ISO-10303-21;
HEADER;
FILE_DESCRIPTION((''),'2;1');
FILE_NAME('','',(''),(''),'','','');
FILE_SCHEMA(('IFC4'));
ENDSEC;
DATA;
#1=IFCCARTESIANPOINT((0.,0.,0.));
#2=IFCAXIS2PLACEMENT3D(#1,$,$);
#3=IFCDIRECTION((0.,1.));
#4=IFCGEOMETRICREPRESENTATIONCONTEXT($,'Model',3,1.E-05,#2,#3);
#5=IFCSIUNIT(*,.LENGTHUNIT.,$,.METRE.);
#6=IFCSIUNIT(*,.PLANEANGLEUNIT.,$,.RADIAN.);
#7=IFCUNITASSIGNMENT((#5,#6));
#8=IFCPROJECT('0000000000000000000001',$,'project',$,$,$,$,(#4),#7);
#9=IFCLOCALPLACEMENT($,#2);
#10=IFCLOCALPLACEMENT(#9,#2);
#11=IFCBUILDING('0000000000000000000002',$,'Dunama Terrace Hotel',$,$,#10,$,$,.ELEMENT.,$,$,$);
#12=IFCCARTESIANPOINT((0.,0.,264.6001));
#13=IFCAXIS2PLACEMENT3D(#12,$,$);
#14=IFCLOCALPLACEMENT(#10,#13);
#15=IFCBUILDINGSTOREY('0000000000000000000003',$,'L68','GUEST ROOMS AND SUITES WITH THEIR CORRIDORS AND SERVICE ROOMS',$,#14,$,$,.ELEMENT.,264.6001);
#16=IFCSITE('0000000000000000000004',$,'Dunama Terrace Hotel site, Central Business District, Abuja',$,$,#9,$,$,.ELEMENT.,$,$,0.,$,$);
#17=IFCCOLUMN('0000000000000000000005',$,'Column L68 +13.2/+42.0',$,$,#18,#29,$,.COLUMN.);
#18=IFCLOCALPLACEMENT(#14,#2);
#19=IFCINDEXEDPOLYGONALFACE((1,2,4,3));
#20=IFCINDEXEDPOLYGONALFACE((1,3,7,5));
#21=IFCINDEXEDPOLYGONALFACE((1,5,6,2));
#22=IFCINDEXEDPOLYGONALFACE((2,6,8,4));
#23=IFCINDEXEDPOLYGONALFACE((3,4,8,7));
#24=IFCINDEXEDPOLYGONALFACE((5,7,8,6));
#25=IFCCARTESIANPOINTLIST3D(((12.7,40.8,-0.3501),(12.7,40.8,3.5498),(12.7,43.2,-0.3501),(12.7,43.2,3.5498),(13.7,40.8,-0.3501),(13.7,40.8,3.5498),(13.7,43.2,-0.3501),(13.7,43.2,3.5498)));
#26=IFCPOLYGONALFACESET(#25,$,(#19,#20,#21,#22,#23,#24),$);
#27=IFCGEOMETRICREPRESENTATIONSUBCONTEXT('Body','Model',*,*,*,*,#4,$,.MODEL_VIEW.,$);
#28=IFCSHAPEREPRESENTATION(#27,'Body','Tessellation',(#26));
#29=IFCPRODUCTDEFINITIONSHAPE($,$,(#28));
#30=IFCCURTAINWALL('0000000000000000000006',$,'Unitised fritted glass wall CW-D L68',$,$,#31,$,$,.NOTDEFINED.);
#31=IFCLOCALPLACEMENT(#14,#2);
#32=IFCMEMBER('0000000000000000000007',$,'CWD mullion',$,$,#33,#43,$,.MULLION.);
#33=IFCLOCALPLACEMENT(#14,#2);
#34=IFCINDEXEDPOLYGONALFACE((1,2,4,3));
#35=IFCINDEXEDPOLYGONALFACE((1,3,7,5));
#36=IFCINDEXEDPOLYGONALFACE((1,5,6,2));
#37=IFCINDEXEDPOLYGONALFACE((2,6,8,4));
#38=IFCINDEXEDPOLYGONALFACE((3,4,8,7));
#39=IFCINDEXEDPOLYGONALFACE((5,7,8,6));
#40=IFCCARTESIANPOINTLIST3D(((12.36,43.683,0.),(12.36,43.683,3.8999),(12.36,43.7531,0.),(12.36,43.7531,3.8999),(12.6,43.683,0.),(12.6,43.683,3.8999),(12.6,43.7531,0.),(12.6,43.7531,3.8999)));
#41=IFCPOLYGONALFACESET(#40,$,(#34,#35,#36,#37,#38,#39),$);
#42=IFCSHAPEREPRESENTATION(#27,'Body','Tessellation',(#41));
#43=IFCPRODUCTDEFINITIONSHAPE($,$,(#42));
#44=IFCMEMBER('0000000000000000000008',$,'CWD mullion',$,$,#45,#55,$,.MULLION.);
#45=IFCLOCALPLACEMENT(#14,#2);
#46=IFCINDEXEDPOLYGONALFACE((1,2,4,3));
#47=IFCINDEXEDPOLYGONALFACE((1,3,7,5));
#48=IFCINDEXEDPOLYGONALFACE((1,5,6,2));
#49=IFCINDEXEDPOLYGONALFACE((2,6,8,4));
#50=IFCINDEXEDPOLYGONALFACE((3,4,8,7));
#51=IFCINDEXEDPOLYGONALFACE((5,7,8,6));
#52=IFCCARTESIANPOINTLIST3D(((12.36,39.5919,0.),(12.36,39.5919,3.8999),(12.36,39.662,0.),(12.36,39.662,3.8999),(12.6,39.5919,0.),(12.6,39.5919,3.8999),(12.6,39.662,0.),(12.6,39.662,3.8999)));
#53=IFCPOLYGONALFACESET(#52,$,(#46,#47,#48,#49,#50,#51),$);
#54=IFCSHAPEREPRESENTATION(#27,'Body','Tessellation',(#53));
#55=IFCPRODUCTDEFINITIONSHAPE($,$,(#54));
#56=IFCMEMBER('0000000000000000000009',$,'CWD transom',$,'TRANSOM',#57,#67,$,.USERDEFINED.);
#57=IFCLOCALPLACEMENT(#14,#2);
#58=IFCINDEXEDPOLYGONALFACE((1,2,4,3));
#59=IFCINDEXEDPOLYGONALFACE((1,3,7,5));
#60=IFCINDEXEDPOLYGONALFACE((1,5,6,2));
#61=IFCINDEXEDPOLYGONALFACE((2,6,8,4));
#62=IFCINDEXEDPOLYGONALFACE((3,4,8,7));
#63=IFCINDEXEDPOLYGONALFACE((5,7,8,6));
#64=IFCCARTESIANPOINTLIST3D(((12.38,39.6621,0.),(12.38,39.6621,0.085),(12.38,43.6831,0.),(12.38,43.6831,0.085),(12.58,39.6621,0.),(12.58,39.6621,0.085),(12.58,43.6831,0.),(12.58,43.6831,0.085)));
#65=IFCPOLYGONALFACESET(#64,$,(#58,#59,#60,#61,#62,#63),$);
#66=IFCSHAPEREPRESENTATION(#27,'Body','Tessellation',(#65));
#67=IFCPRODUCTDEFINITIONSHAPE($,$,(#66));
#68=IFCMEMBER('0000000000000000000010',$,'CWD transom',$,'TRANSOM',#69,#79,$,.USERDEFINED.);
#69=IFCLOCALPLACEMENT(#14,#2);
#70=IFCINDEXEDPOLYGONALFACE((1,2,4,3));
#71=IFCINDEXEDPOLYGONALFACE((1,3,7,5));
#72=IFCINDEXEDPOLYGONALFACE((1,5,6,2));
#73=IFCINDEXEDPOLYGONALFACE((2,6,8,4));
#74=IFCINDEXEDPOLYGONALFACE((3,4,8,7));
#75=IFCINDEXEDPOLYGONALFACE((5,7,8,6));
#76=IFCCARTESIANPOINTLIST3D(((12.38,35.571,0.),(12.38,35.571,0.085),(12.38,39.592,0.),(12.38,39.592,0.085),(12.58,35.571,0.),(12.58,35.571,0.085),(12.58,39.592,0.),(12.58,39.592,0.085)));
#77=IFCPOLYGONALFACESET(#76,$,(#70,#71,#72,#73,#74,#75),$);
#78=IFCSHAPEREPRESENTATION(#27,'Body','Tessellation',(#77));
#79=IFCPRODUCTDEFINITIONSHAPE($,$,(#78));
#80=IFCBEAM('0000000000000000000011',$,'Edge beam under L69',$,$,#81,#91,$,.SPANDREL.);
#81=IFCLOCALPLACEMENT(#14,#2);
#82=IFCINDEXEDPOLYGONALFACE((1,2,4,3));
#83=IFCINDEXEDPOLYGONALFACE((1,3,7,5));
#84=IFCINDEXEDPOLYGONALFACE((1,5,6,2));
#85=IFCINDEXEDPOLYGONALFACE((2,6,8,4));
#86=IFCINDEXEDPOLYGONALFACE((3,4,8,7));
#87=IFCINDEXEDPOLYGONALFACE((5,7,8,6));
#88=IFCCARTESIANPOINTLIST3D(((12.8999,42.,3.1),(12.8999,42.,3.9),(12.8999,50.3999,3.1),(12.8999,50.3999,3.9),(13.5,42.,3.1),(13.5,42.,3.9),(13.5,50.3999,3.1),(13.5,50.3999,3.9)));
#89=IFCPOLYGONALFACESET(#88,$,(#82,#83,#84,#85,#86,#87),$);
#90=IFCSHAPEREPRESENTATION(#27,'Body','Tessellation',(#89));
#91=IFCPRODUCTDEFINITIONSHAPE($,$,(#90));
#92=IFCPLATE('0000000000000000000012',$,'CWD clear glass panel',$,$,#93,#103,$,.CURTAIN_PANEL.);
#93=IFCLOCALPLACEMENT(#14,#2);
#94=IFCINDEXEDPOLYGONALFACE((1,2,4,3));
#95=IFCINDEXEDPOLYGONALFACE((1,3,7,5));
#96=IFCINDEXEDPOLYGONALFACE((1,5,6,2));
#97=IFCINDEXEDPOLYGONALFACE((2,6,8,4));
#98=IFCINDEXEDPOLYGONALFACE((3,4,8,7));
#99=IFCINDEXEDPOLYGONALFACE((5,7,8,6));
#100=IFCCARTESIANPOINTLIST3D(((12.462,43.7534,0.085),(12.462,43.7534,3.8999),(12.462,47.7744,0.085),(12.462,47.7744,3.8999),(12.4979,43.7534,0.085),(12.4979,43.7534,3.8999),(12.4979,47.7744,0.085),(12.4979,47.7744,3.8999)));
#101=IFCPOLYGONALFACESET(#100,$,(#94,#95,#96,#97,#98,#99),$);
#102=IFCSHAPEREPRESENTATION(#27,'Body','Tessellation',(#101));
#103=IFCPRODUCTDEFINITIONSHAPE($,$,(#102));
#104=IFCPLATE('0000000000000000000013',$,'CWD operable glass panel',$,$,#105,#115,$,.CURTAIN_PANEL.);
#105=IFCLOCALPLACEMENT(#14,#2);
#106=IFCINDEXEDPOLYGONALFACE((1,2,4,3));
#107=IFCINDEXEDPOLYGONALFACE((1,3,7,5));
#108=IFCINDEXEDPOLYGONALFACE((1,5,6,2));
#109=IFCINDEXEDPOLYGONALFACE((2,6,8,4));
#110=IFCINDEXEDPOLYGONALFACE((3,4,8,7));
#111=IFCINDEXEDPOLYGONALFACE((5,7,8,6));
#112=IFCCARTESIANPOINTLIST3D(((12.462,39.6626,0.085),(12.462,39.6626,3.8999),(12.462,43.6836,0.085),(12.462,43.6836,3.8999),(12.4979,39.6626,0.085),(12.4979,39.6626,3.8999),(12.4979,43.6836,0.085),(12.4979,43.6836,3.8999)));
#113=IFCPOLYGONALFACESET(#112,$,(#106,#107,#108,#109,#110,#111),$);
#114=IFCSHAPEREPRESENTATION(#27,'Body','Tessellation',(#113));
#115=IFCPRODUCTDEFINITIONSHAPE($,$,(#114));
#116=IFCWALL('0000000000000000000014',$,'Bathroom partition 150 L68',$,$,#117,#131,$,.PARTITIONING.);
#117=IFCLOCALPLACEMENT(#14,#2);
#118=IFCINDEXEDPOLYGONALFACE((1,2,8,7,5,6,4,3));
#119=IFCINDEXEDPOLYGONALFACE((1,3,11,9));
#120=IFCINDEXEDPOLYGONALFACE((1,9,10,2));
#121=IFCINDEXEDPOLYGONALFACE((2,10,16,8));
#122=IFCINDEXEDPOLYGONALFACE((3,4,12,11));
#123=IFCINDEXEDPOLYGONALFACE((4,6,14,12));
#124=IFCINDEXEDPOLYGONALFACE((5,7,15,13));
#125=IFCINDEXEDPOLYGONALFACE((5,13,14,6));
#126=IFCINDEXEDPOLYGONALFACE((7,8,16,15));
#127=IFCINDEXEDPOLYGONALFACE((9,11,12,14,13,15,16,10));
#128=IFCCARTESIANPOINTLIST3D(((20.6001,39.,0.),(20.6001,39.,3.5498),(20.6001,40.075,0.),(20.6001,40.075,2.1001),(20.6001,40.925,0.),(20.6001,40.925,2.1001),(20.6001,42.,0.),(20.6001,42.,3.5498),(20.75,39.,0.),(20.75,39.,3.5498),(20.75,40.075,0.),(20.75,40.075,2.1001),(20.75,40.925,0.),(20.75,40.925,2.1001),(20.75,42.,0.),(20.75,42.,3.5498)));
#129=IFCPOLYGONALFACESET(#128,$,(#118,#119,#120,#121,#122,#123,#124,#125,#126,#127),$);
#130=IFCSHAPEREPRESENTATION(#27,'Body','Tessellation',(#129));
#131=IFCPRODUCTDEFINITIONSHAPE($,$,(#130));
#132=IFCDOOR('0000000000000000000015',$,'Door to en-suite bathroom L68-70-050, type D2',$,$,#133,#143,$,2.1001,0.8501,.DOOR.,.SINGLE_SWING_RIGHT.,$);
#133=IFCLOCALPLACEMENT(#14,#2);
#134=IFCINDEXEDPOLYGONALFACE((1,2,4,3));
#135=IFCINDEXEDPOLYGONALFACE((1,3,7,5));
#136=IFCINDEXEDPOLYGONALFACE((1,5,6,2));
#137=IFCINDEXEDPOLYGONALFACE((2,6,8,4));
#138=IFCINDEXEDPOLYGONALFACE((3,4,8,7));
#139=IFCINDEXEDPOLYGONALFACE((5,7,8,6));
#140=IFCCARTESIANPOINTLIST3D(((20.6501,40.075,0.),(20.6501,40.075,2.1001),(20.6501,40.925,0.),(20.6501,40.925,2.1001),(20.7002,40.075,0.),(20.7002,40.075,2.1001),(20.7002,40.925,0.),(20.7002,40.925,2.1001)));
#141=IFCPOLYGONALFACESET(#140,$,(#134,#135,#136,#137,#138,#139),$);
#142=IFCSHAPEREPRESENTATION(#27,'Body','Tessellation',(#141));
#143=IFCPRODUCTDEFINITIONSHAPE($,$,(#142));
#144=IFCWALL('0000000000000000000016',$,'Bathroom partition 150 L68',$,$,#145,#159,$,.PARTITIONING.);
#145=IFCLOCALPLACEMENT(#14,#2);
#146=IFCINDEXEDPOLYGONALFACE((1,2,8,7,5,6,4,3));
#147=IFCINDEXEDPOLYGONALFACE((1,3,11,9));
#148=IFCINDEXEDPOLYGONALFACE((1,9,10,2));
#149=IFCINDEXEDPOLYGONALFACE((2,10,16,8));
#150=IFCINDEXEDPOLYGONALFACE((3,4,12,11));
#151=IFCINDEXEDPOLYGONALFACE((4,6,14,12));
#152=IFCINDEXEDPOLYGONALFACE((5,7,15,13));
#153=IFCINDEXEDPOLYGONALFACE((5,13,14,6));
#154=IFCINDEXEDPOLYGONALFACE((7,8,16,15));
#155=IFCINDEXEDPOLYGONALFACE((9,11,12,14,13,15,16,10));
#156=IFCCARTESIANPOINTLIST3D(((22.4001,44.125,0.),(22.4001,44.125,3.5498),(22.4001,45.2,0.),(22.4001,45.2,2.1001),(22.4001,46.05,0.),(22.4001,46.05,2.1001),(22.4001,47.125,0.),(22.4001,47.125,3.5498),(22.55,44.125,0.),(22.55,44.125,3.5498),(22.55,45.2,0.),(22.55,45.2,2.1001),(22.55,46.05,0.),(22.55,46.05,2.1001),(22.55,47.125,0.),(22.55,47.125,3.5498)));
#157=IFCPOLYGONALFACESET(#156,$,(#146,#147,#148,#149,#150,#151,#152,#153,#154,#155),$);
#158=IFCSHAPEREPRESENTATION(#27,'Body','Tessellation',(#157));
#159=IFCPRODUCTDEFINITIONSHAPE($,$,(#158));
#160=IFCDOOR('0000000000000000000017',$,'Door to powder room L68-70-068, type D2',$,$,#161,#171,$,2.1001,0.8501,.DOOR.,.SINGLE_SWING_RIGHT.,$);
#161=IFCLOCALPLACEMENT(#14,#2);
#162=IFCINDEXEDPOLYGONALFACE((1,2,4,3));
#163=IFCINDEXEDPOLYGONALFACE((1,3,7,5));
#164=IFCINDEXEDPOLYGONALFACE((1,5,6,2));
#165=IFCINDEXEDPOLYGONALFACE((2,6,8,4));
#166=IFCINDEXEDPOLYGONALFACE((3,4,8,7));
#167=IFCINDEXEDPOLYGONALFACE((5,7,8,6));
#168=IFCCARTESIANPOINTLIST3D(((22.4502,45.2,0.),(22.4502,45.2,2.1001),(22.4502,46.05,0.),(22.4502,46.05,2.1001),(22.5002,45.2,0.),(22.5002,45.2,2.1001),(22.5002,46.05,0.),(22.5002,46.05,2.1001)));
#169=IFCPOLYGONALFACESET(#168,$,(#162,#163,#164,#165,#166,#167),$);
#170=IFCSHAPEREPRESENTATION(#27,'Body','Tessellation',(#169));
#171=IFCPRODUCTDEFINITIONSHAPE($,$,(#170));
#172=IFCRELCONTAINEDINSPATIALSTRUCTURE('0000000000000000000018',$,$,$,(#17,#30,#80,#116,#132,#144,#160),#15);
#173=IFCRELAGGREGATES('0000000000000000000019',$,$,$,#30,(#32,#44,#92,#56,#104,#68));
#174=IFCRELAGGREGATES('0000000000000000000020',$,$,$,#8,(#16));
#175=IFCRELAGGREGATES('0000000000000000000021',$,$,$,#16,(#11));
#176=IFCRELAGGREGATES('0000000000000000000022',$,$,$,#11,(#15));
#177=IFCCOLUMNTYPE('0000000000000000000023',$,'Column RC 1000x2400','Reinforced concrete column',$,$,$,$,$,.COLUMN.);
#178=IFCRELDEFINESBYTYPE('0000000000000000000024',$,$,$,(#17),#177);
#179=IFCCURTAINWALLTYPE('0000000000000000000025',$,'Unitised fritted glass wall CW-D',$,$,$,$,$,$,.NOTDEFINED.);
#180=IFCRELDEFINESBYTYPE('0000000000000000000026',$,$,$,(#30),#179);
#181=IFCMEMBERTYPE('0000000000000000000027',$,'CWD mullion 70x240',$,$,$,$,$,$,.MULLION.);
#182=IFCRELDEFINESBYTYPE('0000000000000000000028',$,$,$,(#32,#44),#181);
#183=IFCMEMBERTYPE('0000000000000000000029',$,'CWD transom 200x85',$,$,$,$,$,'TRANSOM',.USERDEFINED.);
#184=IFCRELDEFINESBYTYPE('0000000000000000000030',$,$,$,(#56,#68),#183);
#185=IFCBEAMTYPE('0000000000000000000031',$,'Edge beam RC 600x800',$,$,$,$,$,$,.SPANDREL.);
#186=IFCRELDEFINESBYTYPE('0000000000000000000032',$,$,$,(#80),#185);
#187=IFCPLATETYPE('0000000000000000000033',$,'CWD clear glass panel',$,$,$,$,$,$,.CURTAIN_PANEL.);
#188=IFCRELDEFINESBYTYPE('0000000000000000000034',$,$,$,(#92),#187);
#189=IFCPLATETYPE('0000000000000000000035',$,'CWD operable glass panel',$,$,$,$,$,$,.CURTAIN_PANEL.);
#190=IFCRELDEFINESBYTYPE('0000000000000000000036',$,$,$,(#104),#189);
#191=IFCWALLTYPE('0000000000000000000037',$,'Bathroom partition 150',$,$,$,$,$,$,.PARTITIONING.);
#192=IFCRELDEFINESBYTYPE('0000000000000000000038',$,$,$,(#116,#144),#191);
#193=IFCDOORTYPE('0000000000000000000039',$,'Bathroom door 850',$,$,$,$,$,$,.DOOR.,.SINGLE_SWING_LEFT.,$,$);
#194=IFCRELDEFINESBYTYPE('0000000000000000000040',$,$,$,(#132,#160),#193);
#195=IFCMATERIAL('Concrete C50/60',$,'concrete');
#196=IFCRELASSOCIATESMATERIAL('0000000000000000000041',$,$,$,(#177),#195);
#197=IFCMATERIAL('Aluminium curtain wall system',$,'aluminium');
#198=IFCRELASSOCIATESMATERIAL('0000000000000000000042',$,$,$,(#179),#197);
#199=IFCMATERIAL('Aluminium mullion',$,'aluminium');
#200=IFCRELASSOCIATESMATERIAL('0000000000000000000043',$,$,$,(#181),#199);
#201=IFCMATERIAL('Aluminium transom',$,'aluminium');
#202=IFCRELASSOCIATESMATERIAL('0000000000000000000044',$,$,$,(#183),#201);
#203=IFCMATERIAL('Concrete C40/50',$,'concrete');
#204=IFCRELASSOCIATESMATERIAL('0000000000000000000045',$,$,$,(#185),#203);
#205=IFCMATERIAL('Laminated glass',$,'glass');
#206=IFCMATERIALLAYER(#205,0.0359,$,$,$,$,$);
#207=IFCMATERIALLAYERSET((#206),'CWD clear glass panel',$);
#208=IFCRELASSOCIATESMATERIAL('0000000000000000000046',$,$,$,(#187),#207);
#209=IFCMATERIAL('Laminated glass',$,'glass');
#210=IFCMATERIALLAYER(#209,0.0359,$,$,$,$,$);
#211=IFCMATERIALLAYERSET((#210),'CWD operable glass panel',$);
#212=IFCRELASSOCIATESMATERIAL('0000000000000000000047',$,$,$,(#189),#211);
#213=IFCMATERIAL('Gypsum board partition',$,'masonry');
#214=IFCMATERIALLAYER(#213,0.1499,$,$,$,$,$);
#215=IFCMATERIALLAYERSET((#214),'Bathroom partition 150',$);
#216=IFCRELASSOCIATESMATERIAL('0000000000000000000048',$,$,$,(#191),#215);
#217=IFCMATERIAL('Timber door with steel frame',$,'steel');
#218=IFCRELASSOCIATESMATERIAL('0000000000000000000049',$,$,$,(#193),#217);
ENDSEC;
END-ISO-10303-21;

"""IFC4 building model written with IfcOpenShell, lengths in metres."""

from ifc_helpers import new_model, si_unit, direction, frame, frame_2d, origin, origin_2d, place, context, subcontext, project, spatial, rectangle, extrude, material, layer, layer_set, material_profile, profile_set, type_object, element, fill, aggregate, save


model = new_model("IFC4")

# Units and contexts
model_context = context("Model", 3, precision=1e-05, world=origin(), true_north=direction((0.0, 1.0)))
body_context = subcontext(model_context, "Body", "Model", "MODEL_VIEW")
ifc_project = project(units=[si_unit("LENGTHUNIT", "METRE"), si_unit("PLANEANGLEUNIT", "RADIAN")], contexts=[model_context])

# Site, building, storey
site_placement = place(None, origin())
site = spatial("IfcSite", under=ifc_project, at=site_placement, Name="Dunama Terrace Hotel site, Central Business District, Abuja", CompositionType="ELEMENT", RefElevation=0.0)
building_placement = place(site_placement, origin())
building = spatial("IfcBuilding", under=site, at=building_placement, Name="Dunama Terrace Hotel", CompositionType="ELEMENT")
storey_placement = place(building_placement, frame((0.0, 0.0, 264.6001)))
storey = spatial("IfcBuildingStorey", under=building, at=storey_placement, Name="L68", Description="GUEST ROOMS AND SUITES WITH THEIR CORRIDORS AND SERVICE ROOMS", CompositionType="ELEMENT", Elevation=264.6001)

# Column
ifc_material_1 = material(Name="Concrete C50/60", Category="concrete")
ifc_material_profile_1 = material_profile(ifc_material_1, rectangle(XDim=1.0, YDim=2.3999, at=origin_2d()), Name="RC 1000x2400")
ifc_profile_set_1 = profile_set([ifc_material_profile_1], Name="Concrete C50/60")
column_type = type_object("IfcColumnType", Name="Column RC 1000x2400", Description="Reinforced concrete column", PredefinedType="COLUMN", material=ifc_profile_set_1)
column_placement = place(storey_placement, frame((13.2, 42.0, -0.3501), z_axis=(0.0, 0.0, 1.0), x_axis=(1.0, 0.0, 0.0)))
element("IfcColumn", 1, at=column_placement, inside=storey, type_object=column_type, Name="Column L68 +13.2/+42.0", PredefinedType="COLUMN", context=body_context, shape_type="SweptSolid", body=[
    extrude(rectangle(XDim=1.0, YDim=2.3999, at=origin_2d()), origin(), (0.0, 0.0, 1.0), 3.8999),
])

# Curtain wall, members
ifc_material_2 = material(Name="Aluminium curtain wall system", Category="aluminium")
curtain_wall_type = type_object("IfcCurtainWallType", Name="Unitised fritted glass wall CW-D", PredefinedType="NOTDEFINED", material=ifc_material_2)
curtain_wall_placement = place(storey_placement, origin())
curtain_wall = element("IfcCurtainWall", 2, at=curtain_wall_placement, inside=storey, type_object=curtain_wall_type, Name="Unitised fritted glass wall CW-D L68", PredefinedType="NOTDEFINED")
ifc_material_3 = material(Name="Aluminium mullion", Category="aluminium")
ifc_material_profile_2 = material_profile(ifc_material_3, rectangle(XDim=0.0701, YDim=0.24, at=origin_2d()), Name="CWD MULLION 70X240")
ifc_profile_set_2 = profile_set([ifc_material_profile_2], Name="Aluminium mullion")
member_type_1 = type_object("IfcMemberType", Name="CWD mullion 70x240", PredefinedType="MULLION", material=ifc_profile_set_2)
member_1_placement = place(storey_placement, frame((12.48, 43.718, 0.0), z_axis=(0.0, 0.0, 1.0), x_axis=(0.0, -1.0, 0.0)))
member_1 = element("IfcMember", 3, at=member_1_placement, type_object=member_type_1, Name="CWD mullion", PredefinedType="MULLION", context=body_context, shape_type="SweptSolid", body=[
    extrude(rectangle(XDim=0.0701, YDim=0.24, at=origin_2d()), origin(), (0.0, 0.0, 1.0), 3.8999),
])
member_2_placement = place(storey_placement, frame((12.48, 39.627, 0.0), z_axis=(0.0, 0.0, 1.0), x_axis=(0.0, -1.0, 0.0)))
member_2 = element("IfcMember", 4, at=member_2_placement, type_object=member_type_1, Name="CWD mullion", PredefinedType="MULLION", context=body_context, shape_type="SweptSolid", body=[
    extrude(rectangle(XDim=0.0701, YDim=0.24, at=origin_2d()), origin(), (0.0, 0.0, 1.0), 3.8999),
])
ifc_material_4 = material(Name="Aluminium transom", Category="aluminium")
ifc_material_profile_3 = material_profile(ifc_material_4, rectangle(XDim=0.2, YDim=0.085, at=origin_2d()), Name="CWD TRANSOM 200X85")
ifc_profile_set_3 = profile_set([ifc_material_profile_3], Name="Aluminium transom")
member_type_2 = type_object("IfcMemberType", Name="CWD transom 200x85", ElementType="TRANSOM", PredefinedType="USERDEFINED", material=ifc_profile_set_3)
member_3_placement = place(storey_placement, frame((12.48, 43.6831, 0.0425), z_axis=(0.0, -1.0, 0.0), x_axis=(1.0, 0.0, 0.0)))
member_3 = element("IfcMember", 5, at=member_3_placement, type_object=member_type_2, Name="CWD transom", ObjectType="TRANSOM", PredefinedType="USERDEFINED", context=body_context, shape_type="SweptSolid", body=[
    extrude(rectangle(XDim=0.2, YDim=0.085, at=origin_2d()), origin(), (0.0, 0.0, 1.0), 4.021),
])
member_4_placement = place(storey_placement, frame((12.48, 39.592, 0.0425), z_axis=(0.0, -1.0, 0.0), x_axis=(1.0, 0.0, 0.0)))
member_4 = element("IfcMember", 6, at=member_4_placement, type_object=member_type_2, Name="CWD transom", ObjectType="TRANSOM", PredefinedType="USERDEFINED", context=body_context, shape_type="SweptSolid", body=[
    extrude(rectangle(XDim=0.2, YDim=0.085, at=origin_2d()), origin(), (0.0, 0.0, 1.0), 4.021),
])

# Beam
ifc_material_5 = material(Name="Concrete C40/50", Category="concrete")
ifc_material_profile_4 = material_profile(ifc_material_5, rectangle(XDim=0.6001, YDim=0.8, at=origin_2d()), Name="RC 600x800")
ifc_profile_set_4 = profile_set([ifc_material_profile_4], Name="Concrete C40/50")
beam_type = type_object("IfcBeamType", Name="Edge beam RC 600x800", PredefinedType="SPANDREL", material=ifc_profile_set_4)
beam_placement = place(storey_placement, frame((13.2, 42.0, 3.5), z_axis=(0.0, 1.0, 0.0), x_axis=(-1.0, 0.0, 0.0)))
element("IfcBeam", 7, at=beam_placement, inside=storey, type_object=beam_type, Name="Edge beam under L69", PredefinedType="SPANDREL", context=body_context, shape_type="SweptSolid", body=[
    extrude(rectangle(XDim=0.6001, YDim=0.8, at=origin_2d()), origin(), (0.0, 0.0, 1.0), 8.3999),
])

# Plates
ifc_material_6 = material(Name="Laminated glass", Category="glass")
ifc_layer_1 = layer(ifc_material_6, 0.0359)
ifc_layer_set_1 = layer_set([ifc_layer_1], Name="CWD clear glass panel")
plate_type_1 = type_object("IfcPlateType", Name="CWD clear glass panel", PredefinedType="CURTAIN_PANEL", material=ifc_layer_set_1)
plate_1_placement = place(storey_placement, frame((12.48, 45.7639, 0.085), z_axis=(0.0, 0.0, 1.0), x_axis=(0.0, -1.0, 0.0)))
plate_1 = element("IfcPlate", 8, at=plate_1_placement, type_object=plate_type_1, Name="CWD clear glass panel", PredefinedType="CURTAIN_PANEL", context=body_context, shape_type="SweptSolid", body=[
    extrude(rectangle(XDim=4.021, YDim=0.0359, at=origin_2d()), origin(), (0.0, 0.0, 1.0), 3.8149),
])
ifc_material_7 = material(Name="Laminated glass", Category="glass")
ifc_layer_2 = layer(ifc_material_7, 0.0359)
ifc_layer_set_2 = layer_set([ifc_layer_2], Name="CWD operable glass panel")
plate_type_2 = type_object("IfcPlateType", Name="CWD operable glass panel", PredefinedType="CURTAIN_PANEL", material=ifc_layer_set_2)
plate_2_placement = place(storey_placement, frame((12.48, 41.6731, 0.085), z_axis=(0.0, 0.0, 1.0), x_axis=(0.0, -1.0, 0.0)))
plate_2 = element("IfcPlate", 9, at=plate_2_placement, type_object=plate_type_2, Name="CWD operable glass panel", PredefinedType="CURTAIN_PANEL", context=body_context, shape_type="SweptSolid", body=[
    extrude(rectangle(XDim=4.021, YDim=0.0359, at=origin_2d()), origin(), (0.0, 0.0, 1.0), 3.8149),
])
aggregate(curtain_wall, [member_1, member_2, plate_1, member_3, plate_2, member_4])

# Walls, openings, doors
ifc_material_8 = material(Name="Gypsum board partition", Category="masonry")
ifc_layer_3 = layer(ifc_material_8, 0.1499)
ifc_layer_set_3 = layer_set([ifc_layer_3], Name="Bathroom partition 150")
wall_type_1 = type_object("IfcWallType", Name="Bathroom partition 150", PredefinedType="PARTITIONING", material=ifc_layer_set_3)
wall_1_placement = place(storey_placement, frame((20.675, 39.0, 0.0), z_axis=(0.0, 0.0, 1.0), x_axis=(0.0, 1.0, 0.0)))
wall_1 = element("IfcWall", 10, at=wall_1_placement, inside=storey, type_object=wall_type_1, Name="Bathroom partition 150 L68", PredefinedType="PARTITIONING", context=body_context, shape_type="SweptSolid", body=[
    extrude(rectangle(XDim=3.0, YDim=0.1499, at=frame_2d((1.5, 0.0))), origin(), (0.0, 0.0, 1.0), 3.5498),
])
opening_1_placement = place(wall_1_placement, frame((1.075, 0.0, 0.0)))
opening_1 = element("IfcOpeningElement", 11, at=opening_1_placement, cuts=wall_1, PredefinedType="OPENING", context=body_context, shape_type="SweptSolid", body=[
    extrude(rectangle(XDim=0.8501, YDim=2.1001, at=frame_2d((0.425, 1.05))), frame((0.0, 0.085, 0.0), z_axis=(0.0, -1.0, 0.0), x_axis=(1.0, 0.0, 0.0)), (0.0, 0.0, 1.0), 0.1699),
])
ifc_material_9 = material(Name="Timber door with steel frame", Category="steel")
door_type_1 = type_object("IfcDoorType", Name="Bathroom door 850", OperationType="SINGLE_SWING_LEFT", PredefinedType="DOOR", material=ifc_material_9)
door_1_placement = place(opening_1_placement, origin())
door_1 = element("IfcDoor", 12, at=door_1_placement, inside=storey, type_object=door_type_1, Name="Door to en-suite bathroom L68-70-050, type D2", OperationType="SINGLE_SWING_RIGHT", OverallHeight=2.1001, OverallWidth=0.8501, PredefinedType="DOOR", context=body_context, shape_type="SweptSolid", body=[
    extrude(rectangle(XDim=0.8501, YDim=2.1001, at=frame_2d((0.425, 1.05))), frame((0.0, 0.0249, 0.0), z_axis=(0.0, -1.0, 0.0), x_axis=(1.0, 0.0, 0.0)), (0.0, 0.0, 1.0), 0.05),
])
fill(opening_1, door_1)
wall_2_placement = place(storey_placement, frame((22.4751, 44.125, 0.0), z_axis=(0.0, 0.0, 1.0), x_axis=(0.0, 1.0, 0.0)))
wall_2 = element("IfcWall", 13, at=wall_2_placement, inside=storey, type_object=wall_type_1, Name="Bathroom partition 150 L68", PredefinedType="PARTITIONING", context=body_context, shape_type="SweptSolid", body=[
    extrude(rectangle(XDim=3.0, YDim=0.1499, at=frame_2d((1.5, 0.0))), origin(), (0.0, 0.0, 1.0), 3.5498),
])
opening_2_placement = place(wall_2_placement, frame((1.075, 0.0, 0.0)))
opening_2 = element("IfcOpeningElement", 14, at=opening_2_placement, cuts=wall_2, PredefinedType="OPENING", context=body_context, shape_type="SweptSolid", body=[
    extrude(rectangle(XDim=0.8501, YDim=2.1001, at=frame_2d((0.425, 1.05))), frame((0.0, 0.085, 0.0), z_axis=(0.0, -1.0, 0.0), x_axis=(1.0, 0.0, 0.0)), (0.0, 0.0, 1.0), 0.1699),
])
door_2_placement = place(opening_2_placement, frame((0.8501, 0.0, 0.0), z_axis=(0.0, 0.0, 1.0), x_axis=(-1.0, 0.0, 0.0)))
door_2 = element("IfcDoor", 15, at=door_2_placement, inside=storey, type_object=door_type_1, Name="Door to powder room L68-70-068, type D2", OperationType="SINGLE_SWING_RIGHT", OverallHeight=2.1001, OverallWidth=0.8501, PredefinedType="DOOR", context=body_context, shape_type="SweptSolid", body=[
    extrude(rectangle(XDim=0.8501, YDim=2.1001, at=frame_2d((0.425, 1.05))), frame((0.0, 0.0251, 0.0), z_axis=(0.0, -1.0, 0.0), x_axis=(1.0, 0.0, 0.0)), (0.0, 0.0, 1.0), 0.05),
])
fill(opening_2, door_2)

save(model, "model.ifc")
